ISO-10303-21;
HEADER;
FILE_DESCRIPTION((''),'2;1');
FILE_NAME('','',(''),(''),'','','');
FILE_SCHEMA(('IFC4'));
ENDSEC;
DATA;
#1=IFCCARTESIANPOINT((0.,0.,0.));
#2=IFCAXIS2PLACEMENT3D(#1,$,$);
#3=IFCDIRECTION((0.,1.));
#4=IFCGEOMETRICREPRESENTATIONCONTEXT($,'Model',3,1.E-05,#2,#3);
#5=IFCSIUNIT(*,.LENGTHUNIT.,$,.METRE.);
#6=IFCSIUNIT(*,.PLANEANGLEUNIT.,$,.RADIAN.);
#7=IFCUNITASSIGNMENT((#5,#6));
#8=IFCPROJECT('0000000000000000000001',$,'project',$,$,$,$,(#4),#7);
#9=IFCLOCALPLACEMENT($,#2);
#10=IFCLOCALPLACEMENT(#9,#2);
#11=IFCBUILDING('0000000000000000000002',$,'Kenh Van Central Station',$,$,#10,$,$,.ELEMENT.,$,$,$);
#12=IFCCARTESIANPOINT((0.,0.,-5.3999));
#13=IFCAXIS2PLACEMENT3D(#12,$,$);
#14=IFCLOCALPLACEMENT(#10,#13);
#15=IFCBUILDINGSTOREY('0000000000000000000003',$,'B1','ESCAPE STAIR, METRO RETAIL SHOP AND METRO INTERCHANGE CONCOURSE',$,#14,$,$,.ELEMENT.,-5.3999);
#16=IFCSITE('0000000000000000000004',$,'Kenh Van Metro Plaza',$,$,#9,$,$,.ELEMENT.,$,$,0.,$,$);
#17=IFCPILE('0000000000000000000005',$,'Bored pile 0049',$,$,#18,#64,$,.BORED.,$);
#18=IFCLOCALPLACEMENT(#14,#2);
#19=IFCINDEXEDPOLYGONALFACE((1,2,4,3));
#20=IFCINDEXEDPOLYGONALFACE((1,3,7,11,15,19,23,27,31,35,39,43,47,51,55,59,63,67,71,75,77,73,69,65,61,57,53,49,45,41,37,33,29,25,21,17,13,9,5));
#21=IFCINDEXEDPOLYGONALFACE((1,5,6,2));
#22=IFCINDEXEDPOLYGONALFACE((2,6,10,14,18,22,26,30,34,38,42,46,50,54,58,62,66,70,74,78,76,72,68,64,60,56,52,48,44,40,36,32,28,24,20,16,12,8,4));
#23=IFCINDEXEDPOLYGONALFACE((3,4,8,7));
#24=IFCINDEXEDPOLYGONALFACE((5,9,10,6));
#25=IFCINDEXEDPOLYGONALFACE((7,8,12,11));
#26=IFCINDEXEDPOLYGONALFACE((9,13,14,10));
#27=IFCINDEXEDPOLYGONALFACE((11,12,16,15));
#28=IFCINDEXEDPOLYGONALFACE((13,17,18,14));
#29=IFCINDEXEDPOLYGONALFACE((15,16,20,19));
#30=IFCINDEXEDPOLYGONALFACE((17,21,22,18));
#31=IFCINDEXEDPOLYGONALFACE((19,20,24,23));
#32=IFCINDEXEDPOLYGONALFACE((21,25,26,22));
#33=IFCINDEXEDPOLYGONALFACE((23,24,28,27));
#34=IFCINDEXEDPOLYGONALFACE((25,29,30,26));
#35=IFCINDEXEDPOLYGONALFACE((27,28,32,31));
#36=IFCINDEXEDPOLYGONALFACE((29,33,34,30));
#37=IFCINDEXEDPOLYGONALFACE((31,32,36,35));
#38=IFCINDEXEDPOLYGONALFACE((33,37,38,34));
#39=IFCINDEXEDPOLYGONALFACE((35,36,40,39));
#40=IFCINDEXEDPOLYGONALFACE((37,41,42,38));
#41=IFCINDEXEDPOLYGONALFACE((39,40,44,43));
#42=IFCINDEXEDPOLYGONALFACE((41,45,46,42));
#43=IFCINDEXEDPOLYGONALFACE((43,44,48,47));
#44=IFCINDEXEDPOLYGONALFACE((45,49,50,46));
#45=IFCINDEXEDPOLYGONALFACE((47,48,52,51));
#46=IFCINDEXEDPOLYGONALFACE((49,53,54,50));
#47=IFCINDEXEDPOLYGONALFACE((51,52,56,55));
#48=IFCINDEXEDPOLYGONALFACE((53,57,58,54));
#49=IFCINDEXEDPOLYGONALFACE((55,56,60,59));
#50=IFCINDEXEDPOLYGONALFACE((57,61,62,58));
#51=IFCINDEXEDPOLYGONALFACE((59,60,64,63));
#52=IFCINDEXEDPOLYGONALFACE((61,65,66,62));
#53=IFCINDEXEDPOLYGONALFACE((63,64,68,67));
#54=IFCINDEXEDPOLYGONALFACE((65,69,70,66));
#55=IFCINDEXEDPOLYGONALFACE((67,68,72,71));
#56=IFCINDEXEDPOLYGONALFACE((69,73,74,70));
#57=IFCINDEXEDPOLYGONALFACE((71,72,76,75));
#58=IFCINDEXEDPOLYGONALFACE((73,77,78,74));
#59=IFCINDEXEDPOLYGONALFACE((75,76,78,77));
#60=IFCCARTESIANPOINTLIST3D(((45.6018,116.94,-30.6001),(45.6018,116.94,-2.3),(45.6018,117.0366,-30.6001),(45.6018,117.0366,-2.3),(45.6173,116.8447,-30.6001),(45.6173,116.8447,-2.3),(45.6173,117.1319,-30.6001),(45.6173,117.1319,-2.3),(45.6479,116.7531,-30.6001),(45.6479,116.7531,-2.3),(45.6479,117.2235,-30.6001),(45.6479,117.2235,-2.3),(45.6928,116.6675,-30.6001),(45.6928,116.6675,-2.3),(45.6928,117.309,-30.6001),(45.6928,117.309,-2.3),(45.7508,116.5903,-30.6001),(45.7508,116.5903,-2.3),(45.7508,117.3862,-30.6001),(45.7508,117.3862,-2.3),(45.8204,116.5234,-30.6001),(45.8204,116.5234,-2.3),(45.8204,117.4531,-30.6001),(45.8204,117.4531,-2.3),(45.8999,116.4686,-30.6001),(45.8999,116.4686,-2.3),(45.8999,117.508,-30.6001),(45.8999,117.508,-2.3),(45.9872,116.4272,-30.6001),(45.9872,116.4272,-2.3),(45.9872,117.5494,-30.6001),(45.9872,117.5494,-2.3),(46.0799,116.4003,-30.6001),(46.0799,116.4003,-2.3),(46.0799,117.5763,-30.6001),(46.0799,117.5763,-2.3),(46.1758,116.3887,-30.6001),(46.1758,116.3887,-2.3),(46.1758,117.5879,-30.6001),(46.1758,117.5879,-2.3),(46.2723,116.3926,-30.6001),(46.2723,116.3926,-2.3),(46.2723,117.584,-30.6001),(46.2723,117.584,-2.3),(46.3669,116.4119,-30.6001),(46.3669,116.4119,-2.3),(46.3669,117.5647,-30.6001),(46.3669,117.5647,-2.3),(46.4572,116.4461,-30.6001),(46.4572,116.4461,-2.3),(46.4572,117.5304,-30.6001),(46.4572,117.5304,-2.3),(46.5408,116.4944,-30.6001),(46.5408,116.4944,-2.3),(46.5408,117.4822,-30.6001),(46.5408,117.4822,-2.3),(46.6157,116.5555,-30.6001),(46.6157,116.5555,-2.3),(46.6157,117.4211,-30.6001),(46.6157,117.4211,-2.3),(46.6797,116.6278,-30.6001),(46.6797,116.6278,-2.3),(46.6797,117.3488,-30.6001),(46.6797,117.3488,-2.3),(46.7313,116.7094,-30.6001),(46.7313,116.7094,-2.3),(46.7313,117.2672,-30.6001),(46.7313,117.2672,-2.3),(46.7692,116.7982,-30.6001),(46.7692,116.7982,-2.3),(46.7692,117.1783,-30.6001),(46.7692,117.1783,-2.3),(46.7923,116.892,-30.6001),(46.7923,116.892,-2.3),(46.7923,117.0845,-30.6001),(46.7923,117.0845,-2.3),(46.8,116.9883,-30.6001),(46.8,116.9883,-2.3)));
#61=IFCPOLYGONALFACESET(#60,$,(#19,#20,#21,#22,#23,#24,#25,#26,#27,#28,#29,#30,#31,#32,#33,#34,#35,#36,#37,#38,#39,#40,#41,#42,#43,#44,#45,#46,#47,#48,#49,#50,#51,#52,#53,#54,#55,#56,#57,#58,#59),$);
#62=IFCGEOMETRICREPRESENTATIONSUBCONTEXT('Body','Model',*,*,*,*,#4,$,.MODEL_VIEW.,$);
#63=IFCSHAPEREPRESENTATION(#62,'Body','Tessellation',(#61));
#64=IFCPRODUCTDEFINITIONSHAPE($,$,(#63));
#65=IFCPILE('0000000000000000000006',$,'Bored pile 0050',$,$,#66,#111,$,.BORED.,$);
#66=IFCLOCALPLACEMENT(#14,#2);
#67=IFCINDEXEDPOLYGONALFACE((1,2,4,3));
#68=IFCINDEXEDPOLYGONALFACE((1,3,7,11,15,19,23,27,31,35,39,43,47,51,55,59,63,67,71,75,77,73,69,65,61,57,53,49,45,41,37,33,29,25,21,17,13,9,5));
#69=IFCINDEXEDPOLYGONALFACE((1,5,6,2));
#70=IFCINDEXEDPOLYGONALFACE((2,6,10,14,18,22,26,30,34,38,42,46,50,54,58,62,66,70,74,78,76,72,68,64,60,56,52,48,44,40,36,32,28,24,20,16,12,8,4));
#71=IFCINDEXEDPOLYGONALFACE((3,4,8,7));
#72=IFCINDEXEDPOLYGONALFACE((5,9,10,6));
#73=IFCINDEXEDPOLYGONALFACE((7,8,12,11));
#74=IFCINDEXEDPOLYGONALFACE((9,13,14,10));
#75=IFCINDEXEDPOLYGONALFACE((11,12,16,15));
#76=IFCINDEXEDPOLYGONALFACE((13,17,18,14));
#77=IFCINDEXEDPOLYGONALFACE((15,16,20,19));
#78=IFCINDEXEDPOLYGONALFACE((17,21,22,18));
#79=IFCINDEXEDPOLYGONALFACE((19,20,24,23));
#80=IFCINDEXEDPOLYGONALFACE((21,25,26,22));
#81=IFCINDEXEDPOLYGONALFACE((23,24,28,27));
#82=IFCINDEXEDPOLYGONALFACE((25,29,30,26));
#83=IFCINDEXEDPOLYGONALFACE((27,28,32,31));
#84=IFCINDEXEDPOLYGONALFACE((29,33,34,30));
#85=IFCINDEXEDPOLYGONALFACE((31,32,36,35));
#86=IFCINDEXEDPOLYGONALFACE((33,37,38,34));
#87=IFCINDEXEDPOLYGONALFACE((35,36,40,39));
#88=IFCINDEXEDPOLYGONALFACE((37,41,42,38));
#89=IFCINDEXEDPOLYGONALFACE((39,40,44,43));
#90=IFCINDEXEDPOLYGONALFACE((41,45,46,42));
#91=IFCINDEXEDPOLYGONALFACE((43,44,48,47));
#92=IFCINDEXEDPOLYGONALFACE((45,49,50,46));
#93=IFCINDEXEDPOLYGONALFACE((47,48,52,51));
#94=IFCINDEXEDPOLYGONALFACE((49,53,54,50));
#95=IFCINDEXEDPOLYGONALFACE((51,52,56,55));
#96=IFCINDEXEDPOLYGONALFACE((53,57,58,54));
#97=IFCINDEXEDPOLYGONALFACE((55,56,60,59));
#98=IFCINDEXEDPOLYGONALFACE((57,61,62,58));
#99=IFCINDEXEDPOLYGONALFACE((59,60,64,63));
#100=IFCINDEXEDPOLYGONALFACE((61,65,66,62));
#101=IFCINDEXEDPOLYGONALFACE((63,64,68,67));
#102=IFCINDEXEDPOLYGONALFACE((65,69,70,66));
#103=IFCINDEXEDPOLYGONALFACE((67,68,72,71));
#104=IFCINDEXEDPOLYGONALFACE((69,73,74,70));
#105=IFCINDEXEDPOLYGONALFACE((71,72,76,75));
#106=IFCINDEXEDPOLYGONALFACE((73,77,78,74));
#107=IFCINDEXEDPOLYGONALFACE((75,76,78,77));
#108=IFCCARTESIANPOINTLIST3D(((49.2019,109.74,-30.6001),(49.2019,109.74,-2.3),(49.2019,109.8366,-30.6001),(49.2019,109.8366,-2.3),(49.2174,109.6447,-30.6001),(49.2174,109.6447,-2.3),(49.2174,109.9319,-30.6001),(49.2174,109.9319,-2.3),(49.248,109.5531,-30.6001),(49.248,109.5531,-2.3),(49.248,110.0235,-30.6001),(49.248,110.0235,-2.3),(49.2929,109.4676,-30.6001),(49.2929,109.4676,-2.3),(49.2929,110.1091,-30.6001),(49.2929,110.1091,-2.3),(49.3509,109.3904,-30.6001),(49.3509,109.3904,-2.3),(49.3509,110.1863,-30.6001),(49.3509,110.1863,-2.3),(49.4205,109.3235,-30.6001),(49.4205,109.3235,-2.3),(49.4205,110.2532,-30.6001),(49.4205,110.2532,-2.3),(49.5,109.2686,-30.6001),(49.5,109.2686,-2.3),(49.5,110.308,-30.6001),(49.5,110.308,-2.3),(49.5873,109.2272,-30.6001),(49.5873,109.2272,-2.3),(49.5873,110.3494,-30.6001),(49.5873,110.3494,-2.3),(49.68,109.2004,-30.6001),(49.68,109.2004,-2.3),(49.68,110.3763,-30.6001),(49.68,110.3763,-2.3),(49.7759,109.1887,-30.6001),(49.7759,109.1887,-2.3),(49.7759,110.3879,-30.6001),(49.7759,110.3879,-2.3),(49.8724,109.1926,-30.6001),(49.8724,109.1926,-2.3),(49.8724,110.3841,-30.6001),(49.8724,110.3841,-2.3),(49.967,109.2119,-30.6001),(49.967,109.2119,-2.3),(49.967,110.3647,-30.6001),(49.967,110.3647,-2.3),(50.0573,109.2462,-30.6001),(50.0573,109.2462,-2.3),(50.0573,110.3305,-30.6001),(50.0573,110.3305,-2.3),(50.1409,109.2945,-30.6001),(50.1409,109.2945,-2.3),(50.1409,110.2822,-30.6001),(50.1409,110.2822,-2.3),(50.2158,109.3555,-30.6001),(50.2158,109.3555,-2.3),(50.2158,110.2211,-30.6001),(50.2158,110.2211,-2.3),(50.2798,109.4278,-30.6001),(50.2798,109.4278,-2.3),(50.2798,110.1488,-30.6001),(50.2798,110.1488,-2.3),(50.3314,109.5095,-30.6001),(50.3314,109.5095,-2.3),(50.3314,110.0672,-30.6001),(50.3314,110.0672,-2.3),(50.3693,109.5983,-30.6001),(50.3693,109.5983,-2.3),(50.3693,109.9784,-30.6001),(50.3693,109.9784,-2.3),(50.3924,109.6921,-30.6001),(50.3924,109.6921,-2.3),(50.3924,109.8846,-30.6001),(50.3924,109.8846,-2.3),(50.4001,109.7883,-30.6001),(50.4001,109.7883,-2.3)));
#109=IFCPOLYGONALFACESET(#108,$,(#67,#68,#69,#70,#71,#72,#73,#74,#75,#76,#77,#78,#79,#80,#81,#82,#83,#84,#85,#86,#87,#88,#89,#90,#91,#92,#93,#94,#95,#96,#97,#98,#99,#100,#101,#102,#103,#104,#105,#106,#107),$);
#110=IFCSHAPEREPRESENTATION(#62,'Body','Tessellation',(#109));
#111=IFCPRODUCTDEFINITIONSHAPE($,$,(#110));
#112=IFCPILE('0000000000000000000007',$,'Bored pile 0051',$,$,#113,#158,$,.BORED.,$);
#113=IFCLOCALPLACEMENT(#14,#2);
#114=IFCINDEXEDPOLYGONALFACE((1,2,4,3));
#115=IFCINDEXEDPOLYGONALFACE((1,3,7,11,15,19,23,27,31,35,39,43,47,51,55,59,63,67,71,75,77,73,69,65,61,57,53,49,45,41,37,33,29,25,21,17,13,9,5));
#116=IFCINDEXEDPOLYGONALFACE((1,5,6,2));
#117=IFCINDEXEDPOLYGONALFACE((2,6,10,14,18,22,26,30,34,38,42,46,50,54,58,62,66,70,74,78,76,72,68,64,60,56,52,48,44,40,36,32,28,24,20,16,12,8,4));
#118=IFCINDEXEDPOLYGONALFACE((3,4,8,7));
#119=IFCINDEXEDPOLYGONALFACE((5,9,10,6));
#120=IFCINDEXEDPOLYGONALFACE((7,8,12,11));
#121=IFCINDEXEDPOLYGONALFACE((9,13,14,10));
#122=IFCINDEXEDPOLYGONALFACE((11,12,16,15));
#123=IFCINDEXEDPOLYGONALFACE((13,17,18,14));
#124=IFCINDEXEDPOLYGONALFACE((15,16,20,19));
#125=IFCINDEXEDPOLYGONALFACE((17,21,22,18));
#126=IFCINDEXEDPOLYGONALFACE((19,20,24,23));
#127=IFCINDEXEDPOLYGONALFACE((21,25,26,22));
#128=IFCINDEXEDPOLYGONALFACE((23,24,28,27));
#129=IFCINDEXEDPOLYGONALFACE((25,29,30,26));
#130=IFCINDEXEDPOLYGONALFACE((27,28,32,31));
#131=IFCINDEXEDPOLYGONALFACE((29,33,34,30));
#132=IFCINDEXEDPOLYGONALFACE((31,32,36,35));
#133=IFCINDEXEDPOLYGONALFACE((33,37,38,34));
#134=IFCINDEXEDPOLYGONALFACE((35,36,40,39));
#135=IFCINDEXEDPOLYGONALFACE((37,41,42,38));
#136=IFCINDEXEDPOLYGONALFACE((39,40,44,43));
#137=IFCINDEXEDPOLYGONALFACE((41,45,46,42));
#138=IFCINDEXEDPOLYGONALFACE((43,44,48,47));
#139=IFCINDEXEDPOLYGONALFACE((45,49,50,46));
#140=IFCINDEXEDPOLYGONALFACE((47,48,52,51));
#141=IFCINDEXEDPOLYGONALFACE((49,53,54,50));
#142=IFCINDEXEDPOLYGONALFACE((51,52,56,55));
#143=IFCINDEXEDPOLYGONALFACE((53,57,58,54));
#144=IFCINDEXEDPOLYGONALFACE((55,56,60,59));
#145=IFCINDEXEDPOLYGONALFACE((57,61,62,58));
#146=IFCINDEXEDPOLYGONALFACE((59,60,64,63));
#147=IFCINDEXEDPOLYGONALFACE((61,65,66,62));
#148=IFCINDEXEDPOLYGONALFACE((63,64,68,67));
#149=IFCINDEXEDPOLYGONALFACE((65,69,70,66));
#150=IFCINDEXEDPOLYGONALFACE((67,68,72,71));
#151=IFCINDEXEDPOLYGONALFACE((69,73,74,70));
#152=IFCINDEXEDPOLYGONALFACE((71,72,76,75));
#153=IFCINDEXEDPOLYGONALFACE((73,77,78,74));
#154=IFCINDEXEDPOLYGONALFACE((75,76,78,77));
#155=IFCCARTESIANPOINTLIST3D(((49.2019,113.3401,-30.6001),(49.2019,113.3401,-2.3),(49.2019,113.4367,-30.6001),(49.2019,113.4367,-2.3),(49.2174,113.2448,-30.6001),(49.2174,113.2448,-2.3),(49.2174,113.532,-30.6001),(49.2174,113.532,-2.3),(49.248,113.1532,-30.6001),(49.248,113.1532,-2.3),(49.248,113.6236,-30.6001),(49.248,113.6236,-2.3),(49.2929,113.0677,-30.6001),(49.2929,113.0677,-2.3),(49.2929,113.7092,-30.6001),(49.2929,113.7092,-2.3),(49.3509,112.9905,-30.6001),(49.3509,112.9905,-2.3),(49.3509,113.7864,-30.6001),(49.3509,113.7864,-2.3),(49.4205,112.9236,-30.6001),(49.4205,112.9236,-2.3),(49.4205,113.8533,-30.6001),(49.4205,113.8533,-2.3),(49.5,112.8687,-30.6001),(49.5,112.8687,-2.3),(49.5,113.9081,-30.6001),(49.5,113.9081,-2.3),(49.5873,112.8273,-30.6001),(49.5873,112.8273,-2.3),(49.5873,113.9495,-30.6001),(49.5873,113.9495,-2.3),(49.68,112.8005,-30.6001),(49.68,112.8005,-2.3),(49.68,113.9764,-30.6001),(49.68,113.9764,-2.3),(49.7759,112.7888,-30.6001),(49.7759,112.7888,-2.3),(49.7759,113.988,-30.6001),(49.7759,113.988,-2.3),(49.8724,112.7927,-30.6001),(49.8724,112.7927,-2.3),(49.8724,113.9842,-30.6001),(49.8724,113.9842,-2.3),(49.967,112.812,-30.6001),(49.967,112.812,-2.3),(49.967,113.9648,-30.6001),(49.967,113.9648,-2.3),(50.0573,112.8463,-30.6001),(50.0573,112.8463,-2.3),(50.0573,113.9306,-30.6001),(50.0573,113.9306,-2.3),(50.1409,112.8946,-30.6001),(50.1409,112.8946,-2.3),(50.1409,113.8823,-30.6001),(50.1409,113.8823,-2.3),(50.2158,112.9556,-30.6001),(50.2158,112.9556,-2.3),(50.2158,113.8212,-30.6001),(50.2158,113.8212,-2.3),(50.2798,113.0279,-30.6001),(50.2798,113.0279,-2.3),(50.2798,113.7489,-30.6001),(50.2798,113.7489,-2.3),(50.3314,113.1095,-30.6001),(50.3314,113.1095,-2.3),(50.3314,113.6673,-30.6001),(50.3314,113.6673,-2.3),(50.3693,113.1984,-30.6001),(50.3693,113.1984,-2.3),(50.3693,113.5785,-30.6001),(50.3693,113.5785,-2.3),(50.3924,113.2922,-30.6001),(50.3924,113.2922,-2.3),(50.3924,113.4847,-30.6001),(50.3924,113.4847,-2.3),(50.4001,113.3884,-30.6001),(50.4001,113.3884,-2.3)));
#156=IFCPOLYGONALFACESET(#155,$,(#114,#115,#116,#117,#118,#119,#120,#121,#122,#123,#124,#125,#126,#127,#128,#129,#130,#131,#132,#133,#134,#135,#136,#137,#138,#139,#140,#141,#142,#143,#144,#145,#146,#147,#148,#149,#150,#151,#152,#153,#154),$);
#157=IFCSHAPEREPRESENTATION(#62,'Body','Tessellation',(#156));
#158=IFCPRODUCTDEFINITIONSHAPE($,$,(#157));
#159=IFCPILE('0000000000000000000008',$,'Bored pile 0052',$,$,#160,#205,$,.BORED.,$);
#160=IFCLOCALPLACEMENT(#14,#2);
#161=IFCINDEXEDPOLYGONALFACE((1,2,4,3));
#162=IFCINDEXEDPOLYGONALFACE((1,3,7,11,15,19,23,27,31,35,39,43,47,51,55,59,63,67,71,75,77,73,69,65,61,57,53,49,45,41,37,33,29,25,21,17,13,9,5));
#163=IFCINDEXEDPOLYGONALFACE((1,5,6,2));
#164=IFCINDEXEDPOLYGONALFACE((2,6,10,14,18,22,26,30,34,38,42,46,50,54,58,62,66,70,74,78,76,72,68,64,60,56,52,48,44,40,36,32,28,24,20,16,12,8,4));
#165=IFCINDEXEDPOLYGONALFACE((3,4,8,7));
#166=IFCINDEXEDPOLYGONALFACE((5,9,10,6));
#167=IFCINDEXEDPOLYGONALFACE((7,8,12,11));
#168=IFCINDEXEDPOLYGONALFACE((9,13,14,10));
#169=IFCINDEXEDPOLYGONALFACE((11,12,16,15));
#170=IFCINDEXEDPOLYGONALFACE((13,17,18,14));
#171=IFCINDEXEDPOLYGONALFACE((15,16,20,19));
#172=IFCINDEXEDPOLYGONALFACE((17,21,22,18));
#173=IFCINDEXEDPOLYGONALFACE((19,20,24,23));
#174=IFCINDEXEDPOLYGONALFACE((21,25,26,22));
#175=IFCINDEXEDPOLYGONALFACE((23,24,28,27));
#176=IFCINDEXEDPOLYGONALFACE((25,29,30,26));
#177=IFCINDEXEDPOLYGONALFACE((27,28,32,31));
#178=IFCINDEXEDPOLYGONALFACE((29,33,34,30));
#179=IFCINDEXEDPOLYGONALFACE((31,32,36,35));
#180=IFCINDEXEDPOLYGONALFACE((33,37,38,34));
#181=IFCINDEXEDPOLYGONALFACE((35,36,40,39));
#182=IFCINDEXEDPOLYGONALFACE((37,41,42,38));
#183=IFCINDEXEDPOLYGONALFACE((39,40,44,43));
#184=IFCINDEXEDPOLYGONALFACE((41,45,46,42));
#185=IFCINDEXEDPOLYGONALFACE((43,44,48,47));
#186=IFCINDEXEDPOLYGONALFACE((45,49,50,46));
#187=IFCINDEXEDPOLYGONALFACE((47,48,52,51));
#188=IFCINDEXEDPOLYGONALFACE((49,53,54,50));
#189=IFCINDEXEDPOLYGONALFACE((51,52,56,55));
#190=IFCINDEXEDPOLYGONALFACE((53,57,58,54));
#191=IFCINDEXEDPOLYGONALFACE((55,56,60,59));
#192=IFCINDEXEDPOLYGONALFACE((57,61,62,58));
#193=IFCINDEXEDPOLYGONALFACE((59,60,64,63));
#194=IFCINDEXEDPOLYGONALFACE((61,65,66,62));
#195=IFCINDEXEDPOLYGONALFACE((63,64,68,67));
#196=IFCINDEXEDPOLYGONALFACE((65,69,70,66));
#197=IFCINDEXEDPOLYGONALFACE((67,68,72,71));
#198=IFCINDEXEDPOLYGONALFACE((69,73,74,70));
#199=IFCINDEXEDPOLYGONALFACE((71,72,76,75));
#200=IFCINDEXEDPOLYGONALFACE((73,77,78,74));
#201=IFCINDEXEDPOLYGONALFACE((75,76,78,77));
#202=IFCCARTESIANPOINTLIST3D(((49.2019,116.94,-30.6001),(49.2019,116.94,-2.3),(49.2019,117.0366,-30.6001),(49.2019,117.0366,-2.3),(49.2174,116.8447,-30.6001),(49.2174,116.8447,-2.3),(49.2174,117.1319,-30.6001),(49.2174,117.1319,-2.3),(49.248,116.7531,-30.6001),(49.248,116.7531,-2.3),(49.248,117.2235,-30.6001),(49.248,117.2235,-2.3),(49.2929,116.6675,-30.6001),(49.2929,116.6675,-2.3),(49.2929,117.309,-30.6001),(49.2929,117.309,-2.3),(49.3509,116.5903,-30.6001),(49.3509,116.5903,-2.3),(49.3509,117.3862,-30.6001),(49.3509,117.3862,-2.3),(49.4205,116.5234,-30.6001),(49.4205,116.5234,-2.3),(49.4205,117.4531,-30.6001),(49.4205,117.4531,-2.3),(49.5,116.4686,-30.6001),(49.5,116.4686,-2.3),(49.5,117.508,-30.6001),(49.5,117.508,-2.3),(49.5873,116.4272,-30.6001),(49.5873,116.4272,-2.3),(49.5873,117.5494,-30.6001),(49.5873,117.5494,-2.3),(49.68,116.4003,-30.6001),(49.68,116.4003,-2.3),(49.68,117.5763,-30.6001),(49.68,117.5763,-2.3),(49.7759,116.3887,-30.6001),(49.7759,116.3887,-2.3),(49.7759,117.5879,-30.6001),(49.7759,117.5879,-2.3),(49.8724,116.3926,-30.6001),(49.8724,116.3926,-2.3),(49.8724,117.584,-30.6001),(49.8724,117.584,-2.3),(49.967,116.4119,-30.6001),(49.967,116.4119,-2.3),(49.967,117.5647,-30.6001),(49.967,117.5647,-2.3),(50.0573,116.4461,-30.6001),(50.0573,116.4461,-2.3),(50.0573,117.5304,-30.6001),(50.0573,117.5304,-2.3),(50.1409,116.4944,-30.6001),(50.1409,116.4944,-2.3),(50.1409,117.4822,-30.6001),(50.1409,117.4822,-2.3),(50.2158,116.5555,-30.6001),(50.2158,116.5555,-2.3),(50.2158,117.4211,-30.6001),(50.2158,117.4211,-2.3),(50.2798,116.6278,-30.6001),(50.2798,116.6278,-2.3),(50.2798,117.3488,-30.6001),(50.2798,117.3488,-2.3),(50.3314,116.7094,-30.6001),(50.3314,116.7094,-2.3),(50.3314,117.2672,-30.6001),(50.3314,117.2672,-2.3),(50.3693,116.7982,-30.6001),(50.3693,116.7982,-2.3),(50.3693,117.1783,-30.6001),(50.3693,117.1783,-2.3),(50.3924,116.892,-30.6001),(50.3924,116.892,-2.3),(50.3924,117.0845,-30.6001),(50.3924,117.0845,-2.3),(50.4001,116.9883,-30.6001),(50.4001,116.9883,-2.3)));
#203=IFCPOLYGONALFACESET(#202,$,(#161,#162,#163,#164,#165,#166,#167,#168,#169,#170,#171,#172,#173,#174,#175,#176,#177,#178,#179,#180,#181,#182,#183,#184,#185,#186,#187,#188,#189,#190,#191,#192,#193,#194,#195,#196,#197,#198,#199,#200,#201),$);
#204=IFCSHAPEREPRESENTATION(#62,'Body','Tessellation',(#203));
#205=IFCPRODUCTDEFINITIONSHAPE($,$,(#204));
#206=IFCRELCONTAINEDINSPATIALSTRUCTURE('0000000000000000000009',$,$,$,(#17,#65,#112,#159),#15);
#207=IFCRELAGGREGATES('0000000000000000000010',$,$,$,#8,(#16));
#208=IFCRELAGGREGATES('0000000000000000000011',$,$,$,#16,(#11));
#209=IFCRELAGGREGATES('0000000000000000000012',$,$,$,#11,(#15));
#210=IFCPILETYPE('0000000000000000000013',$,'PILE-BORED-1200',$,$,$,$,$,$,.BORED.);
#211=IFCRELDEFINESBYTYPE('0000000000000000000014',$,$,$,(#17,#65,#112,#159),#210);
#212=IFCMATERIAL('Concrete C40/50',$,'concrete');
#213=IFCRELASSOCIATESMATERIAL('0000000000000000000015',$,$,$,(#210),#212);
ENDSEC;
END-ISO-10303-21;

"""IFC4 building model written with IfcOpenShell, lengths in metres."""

from ifc_helpers import new_model, si_unit, direction, frame, origin, origin_2d, place, context, subcontext, project, spatial, circle, extrude, material, material_profile, profile_set, type_object, element, save


model = new_model("IFC4")

# Units and contexts
model_context = context("Model", 3, precision=1e-05, world=origin(), true_north=direction((0.0, 1.0)))
body_context = subcontext(model_context, "Body", "Model", "MODEL_VIEW")
ifc_project = project(units=[si_unit("LENGTHUNIT", "METRE"), si_unit("PLANEANGLEUNIT", "RADIAN")], contexts=[model_context])

# Site, building, storey
site_placement = place(None, origin())
site = spatial("IfcSite", under=ifc_project, at=site_placement, Name="Kenh Van Metro Plaza", CompositionType="ELEMENT", RefElevation=0.0)
building_placement = place(site_placement, origin())
building = spatial("IfcBuilding", under=site, at=building_placement, Name="Kenh Van Central Station", CompositionType="ELEMENT")
storey_placement = place(building_placement, frame((0.0, 0.0, -5.3999)))
storey = spatial("IfcBuildingStorey", under=building, at=storey_placement, Name="B1", Description="ESCAPE STAIR, METRO RETAIL SHOP AND METRO INTERCHANGE CONCOURSE", CompositionType="ELEMENT", Elevation=-5.3999)

# Shared definitions
ifc_material = material(Name="Concrete C40/50", Category="concrete")

# Piles
ifc_material_profile_1 = material_profile(ifc_material, circle(Radius=0.6001, at=origin_2d()), Name="PILE D1200")
ifc_profile_set_1 = profile_set([ifc_material_profile_1], Name="Concrete C40/50")
pile_type_1 = type_object("IfcPileType", Name="PILE-BORED-1200", PredefinedType="BORED", material=ifc_profile_set_1)
for number, where, z_axis, x_axis, name in (
    (1, (46.2, 116.9883, -2.3), (0.0, 0.0, -1.0), (1.0, 0.0, 0.0), "Bored pile 0049"),
    (2, (49.8, 109.7883, -2.3), (0.0, 0.0, -1.0), (1.0, 0.0, 0.0), "Bored pile 0050"),
    (3, (49.8, 113.3884, -2.3), (0.0, 0.0, -1.0), (1.0, 0.0, 0.0), "Bored pile 0051"),
    (4, (49.8, 116.9883, -2.3), (0.0, 0.0, -1.0), (1.0, 0.0, 0.0), "Bored pile 0052"),
):
    element("IfcPile", number, at=place(storey_placement, frame(where, z_axis=z_axis, x_axis=x_axis)), inside=storey, type_object=pile_type_1, Name=name, PredefinedType="BORED", context=body_context, shape_type="SweptSolid", body=[
        extrude(circle(Radius=0.6001, at=origin_2d()), origin(), (0.0, 0.0, 1.0), 28.3),
    ])

save(model, "model.ifc")
